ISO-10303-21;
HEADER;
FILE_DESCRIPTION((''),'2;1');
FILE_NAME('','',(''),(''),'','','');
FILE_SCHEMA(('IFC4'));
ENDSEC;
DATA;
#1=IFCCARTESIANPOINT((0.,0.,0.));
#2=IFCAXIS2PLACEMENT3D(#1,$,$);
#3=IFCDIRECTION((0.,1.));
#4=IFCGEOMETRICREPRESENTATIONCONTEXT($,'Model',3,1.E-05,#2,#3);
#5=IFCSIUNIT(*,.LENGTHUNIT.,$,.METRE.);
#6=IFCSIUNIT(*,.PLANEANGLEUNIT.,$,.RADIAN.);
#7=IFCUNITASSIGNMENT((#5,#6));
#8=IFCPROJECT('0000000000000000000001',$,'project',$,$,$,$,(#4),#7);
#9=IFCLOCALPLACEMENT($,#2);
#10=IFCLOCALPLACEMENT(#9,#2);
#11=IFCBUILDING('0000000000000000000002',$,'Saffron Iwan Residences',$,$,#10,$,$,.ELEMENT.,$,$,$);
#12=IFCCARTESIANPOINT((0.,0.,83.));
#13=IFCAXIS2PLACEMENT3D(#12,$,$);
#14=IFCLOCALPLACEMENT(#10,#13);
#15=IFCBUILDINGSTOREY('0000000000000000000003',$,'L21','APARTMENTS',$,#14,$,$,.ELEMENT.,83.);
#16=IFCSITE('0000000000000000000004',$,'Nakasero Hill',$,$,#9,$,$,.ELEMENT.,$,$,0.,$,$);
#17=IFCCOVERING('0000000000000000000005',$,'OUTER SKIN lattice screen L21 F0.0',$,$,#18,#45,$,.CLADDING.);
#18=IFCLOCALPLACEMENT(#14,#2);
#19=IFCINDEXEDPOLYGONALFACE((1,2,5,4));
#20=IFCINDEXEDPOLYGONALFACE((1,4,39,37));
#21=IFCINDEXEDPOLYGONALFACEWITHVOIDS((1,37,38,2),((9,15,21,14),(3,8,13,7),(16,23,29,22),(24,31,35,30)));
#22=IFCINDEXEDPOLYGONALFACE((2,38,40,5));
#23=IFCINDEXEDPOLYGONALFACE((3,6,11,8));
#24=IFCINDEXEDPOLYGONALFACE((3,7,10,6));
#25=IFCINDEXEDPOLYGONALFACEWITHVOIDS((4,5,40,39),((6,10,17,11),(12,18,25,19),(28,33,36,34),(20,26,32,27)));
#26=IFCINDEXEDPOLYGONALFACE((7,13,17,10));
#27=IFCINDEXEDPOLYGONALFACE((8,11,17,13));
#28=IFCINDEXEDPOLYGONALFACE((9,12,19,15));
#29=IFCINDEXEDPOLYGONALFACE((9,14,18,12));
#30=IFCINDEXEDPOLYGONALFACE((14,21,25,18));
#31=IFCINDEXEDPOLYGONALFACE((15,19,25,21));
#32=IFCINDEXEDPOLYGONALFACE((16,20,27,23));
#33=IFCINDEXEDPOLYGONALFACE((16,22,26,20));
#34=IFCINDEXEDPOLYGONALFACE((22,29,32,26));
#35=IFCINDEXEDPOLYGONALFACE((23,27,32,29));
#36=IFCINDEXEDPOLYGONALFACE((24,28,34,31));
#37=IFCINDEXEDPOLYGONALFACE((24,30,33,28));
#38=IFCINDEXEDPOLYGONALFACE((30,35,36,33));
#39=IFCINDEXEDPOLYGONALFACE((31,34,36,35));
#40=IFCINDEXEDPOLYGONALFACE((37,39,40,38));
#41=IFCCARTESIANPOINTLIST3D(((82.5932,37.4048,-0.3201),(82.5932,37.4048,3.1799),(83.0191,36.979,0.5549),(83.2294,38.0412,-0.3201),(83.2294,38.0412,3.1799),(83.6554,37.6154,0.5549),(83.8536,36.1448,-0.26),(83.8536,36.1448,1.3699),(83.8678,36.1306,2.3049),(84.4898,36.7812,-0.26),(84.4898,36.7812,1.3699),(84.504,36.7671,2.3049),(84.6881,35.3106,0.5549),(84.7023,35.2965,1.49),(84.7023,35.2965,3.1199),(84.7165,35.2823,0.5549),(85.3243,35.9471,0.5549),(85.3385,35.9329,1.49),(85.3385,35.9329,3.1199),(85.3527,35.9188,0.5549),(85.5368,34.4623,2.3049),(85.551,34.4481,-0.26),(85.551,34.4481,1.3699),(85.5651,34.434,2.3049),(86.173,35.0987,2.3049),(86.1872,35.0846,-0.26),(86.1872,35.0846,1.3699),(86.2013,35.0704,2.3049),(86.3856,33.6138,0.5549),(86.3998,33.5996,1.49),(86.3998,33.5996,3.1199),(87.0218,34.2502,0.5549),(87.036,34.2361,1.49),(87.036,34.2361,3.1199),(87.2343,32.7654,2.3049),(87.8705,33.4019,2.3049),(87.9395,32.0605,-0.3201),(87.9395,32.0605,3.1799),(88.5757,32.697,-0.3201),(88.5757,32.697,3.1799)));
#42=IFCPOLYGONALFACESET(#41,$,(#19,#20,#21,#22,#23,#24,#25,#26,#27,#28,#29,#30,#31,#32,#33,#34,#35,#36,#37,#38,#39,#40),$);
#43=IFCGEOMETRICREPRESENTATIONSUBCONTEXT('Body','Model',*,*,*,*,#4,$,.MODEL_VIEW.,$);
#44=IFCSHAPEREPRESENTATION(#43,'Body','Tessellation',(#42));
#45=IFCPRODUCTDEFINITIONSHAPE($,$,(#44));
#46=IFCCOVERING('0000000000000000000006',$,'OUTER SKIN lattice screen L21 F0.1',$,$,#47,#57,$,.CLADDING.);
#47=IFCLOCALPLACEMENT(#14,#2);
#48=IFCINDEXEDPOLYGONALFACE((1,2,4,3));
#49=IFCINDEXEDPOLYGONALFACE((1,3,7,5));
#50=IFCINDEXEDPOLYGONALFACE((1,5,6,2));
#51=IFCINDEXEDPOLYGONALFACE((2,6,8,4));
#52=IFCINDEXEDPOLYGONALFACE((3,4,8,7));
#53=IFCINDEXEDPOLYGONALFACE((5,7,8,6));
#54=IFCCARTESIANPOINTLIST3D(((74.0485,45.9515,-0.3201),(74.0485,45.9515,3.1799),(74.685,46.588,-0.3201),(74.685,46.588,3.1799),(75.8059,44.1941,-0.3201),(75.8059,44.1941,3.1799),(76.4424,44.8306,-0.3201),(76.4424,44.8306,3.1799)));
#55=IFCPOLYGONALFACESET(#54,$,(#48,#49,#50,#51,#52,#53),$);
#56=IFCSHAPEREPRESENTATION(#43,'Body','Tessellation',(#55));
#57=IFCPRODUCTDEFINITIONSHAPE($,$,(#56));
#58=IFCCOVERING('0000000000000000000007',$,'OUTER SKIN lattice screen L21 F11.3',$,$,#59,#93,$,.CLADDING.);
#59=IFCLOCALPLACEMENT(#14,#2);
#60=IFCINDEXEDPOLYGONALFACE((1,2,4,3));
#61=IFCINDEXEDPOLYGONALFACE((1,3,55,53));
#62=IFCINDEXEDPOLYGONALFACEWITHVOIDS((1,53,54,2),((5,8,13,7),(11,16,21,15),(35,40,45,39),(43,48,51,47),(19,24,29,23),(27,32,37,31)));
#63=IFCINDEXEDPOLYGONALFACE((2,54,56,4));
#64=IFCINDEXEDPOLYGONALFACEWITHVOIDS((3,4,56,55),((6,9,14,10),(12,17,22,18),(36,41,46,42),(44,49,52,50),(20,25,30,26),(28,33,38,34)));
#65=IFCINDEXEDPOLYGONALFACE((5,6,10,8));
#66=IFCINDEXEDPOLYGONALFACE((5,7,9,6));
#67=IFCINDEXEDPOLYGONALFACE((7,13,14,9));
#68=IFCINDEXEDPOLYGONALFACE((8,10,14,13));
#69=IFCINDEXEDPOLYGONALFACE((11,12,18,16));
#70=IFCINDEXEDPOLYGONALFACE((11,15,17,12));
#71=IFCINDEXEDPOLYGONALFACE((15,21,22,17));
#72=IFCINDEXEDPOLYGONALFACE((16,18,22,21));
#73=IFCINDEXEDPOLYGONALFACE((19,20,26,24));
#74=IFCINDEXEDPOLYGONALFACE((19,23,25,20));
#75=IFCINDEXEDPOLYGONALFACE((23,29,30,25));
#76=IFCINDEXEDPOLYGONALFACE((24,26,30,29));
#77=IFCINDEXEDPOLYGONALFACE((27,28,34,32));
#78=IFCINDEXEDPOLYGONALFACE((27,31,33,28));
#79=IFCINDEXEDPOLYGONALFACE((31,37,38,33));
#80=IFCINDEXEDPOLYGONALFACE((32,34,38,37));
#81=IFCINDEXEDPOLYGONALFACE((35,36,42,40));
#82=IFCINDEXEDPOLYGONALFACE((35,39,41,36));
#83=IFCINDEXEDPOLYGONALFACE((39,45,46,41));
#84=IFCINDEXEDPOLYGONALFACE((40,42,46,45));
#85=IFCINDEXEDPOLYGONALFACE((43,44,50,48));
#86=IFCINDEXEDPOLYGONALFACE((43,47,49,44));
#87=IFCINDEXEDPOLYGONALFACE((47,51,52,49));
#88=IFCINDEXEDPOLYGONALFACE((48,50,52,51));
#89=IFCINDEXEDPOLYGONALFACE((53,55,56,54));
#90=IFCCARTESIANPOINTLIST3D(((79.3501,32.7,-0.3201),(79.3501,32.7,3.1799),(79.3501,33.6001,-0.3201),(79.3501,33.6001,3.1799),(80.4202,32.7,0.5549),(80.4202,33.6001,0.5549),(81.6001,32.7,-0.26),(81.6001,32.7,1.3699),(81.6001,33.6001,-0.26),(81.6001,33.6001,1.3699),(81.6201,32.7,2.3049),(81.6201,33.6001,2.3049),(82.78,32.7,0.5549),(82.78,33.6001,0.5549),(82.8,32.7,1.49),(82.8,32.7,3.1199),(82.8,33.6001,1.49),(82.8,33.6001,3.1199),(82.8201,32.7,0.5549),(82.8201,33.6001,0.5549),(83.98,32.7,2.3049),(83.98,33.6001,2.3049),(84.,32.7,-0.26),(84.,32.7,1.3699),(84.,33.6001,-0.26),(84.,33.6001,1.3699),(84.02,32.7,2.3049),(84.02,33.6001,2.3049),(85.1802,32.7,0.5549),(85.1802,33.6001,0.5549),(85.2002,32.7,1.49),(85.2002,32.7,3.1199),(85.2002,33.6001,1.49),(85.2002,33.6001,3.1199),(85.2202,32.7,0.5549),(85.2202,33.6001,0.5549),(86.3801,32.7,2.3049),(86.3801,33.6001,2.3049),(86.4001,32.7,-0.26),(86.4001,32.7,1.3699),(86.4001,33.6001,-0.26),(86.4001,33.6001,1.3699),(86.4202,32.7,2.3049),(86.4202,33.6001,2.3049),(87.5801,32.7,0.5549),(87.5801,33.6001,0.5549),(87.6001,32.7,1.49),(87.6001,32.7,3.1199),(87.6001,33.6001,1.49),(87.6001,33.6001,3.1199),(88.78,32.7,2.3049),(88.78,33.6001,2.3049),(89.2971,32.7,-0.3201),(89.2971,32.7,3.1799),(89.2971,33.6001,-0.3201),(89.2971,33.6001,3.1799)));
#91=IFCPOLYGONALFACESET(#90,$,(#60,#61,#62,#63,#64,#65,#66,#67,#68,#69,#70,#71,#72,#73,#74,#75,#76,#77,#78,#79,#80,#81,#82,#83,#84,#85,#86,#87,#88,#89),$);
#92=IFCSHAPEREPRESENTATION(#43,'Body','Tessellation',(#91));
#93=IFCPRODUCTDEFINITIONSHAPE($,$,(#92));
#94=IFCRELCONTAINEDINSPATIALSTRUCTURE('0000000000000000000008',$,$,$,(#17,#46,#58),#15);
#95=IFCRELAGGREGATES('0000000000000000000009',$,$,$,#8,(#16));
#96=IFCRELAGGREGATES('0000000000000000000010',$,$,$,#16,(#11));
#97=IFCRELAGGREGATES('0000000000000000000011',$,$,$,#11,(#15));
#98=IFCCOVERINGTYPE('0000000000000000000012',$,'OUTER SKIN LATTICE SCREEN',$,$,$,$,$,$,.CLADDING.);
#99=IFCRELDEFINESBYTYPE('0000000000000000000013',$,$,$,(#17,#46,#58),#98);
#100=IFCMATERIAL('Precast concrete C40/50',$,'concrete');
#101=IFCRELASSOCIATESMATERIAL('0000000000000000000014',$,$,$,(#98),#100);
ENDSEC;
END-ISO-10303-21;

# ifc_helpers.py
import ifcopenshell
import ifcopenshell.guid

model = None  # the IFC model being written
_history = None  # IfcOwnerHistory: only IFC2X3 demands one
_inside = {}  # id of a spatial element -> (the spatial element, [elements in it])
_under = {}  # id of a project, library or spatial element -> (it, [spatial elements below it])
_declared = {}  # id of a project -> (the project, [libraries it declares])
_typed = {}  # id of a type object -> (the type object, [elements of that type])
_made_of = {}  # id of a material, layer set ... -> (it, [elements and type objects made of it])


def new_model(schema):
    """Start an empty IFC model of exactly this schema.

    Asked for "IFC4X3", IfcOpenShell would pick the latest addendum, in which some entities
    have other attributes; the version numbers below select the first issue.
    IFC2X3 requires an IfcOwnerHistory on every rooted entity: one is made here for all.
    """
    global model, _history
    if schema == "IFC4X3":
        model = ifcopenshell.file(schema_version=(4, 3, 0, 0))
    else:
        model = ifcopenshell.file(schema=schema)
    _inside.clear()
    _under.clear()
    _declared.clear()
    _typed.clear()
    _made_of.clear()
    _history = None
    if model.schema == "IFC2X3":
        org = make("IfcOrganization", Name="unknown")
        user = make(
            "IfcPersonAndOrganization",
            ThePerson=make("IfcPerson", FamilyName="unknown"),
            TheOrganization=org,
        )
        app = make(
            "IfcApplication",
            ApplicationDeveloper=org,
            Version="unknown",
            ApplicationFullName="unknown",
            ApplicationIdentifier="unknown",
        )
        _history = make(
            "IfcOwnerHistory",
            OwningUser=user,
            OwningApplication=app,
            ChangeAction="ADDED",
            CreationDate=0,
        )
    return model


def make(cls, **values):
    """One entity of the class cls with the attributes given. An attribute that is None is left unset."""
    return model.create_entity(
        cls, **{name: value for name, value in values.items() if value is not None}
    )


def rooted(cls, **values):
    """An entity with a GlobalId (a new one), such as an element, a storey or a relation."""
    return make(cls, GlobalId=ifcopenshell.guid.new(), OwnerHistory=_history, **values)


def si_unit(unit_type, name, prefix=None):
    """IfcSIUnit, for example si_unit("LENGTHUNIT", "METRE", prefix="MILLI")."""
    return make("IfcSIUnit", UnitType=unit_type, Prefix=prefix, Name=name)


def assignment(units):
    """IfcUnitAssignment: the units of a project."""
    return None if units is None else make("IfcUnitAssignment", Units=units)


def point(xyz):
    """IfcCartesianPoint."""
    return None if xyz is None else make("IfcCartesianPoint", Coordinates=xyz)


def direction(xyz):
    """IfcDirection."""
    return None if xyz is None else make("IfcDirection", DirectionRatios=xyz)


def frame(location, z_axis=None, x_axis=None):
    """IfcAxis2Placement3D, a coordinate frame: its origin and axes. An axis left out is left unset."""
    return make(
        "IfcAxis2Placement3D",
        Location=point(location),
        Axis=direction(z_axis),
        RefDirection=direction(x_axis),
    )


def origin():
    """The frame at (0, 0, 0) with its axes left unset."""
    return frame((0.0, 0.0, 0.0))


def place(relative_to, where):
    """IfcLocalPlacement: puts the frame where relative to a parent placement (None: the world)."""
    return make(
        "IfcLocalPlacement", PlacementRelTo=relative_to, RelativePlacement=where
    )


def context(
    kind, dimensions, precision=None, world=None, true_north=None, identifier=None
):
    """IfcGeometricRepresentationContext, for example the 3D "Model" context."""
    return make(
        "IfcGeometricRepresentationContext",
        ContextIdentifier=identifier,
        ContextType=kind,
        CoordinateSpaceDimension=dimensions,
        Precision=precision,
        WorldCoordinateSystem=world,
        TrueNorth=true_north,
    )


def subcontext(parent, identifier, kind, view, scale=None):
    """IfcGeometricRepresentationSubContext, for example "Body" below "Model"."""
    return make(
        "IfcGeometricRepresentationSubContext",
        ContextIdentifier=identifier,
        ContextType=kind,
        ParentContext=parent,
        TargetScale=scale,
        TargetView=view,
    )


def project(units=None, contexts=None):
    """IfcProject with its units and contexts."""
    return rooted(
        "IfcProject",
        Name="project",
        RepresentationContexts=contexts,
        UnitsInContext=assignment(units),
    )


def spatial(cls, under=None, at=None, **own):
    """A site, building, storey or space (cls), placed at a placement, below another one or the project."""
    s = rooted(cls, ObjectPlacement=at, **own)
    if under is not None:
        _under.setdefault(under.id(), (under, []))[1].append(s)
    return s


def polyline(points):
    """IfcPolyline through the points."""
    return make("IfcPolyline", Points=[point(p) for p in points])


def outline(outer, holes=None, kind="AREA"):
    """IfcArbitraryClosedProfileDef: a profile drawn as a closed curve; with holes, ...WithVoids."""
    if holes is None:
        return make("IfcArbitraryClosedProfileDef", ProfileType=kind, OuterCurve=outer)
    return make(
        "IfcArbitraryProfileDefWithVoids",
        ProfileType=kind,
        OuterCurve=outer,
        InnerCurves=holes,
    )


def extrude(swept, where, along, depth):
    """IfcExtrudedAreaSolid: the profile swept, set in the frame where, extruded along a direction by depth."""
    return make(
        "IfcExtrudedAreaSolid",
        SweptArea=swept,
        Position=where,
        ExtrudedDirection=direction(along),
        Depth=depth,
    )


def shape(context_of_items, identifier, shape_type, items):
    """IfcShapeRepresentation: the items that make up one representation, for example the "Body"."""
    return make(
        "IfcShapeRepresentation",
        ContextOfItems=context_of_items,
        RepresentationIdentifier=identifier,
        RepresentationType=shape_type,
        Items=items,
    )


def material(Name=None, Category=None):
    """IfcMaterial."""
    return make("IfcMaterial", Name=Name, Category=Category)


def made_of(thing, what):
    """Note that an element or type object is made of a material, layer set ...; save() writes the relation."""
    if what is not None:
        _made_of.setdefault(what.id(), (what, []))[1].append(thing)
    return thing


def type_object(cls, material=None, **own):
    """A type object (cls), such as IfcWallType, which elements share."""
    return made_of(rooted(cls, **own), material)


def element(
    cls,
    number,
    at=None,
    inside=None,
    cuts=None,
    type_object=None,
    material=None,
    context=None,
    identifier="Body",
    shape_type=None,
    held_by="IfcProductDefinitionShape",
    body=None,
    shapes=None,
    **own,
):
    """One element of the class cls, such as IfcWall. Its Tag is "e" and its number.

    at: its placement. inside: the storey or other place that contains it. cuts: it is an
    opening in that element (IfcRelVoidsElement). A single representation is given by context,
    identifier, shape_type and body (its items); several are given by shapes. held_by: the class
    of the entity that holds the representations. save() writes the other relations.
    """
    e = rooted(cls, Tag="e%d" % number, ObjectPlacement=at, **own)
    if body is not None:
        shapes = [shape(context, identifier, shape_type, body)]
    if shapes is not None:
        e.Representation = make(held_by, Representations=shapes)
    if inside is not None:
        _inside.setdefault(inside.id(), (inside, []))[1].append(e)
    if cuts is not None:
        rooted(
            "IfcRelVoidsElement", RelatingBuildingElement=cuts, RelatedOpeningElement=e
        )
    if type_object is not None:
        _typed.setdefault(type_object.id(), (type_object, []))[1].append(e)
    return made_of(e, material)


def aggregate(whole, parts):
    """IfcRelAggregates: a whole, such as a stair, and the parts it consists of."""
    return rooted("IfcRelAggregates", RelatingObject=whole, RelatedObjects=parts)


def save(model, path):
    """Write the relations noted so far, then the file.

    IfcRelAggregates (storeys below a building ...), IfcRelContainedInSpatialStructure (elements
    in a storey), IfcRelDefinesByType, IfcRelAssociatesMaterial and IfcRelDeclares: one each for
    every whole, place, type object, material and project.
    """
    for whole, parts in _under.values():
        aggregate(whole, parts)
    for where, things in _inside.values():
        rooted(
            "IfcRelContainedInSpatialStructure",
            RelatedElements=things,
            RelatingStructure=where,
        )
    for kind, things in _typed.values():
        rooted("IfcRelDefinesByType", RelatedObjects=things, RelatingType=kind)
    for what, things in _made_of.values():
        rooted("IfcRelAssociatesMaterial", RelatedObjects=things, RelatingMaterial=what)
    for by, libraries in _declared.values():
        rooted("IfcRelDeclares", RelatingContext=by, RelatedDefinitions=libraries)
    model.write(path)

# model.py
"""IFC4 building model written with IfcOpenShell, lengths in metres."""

from ifc_helpers import new_model, si_unit, direction, frame, origin, place, context, subcontext, project, spatial, polyline, outline, extrude, material, type_object, element, save


model = new_model("IFC4")

# Units and contexts
model_context = context("Model", 3, precision=1e-05, world=origin(), true_north=direction((0.0, 1.0)))
body_context = subcontext(model_context, "Body", "Model", "MODEL_VIEW")
ifc_project = project(units=[si_unit("LENGTHUNIT", "METRE"), si_unit("PLANEANGLEUNIT", "RADIAN")], contexts=[model_context])

# Site, building, storey
site_placement = place(None, origin())
site = spatial("IfcSite", under=ifc_project, at=site_placement, Name="Nakasero Hill", CompositionType="ELEMENT", RefElevation=0.0)
building_placement = place(site_placement, origin())
building = spatial("IfcBuilding", under=site, at=building_placement, Name="Saffron Iwan Residences", CompositionType="ELEMENT")
storey_placement = place(building_placement, frame((0.0, 0.0, 83.0)))
storey = spatial("IfcBuildingStorey", under=building, at=storey_placement, Name="L21", Description="APARTMENTS", CompositionType="ELEMENT", Elevation=83.0)

# Coverings
ifc_material_1 = material(Name="Precast concrete C40/50", Category="concrete")
covering_type = type_object("IfcCoveringType", Name="OUTER SKIN LATTICE SCREEN", PredefinedType="CLADDING", material=ifc_material_1)
covering_1_placement = place(storey_placement, frame((87.9395, 32.0605, -0.3201), z_axis=(0.706971, 0.707242, 0.0), x_axis=(-0.707242, 0.706971, 0.0)))
element("IfcCovering", 1, at=covering_1_placement, inside=storey, type_object=covering_type, Name="OUTER SKIN lattice screen L21 F0.0", PredefinedType="CLADDING", context=body_context, shape_type="SweptSolid", body=[
    extrude(outline(polyline([(0.0, 0.0), (7.5593, 0.0), (7.5593, 3.5), (0.0, 3.5), (0.0, 0.0)]), holes=[polyline([(2.197, 0.875), (3.3772, 0.0601), (4.5571, 0.875), (3.3772, 1.6899), (2.197, 0.875)]), polyline([(4.5972, 0.875), (5.7771, 0.0601), (6.957, 0.875), (5.7771, 1.6899), (4.5972, 0.875)]), polyline([(0.9971, 2.625), (2.177, 1.8101), (3.3572, 2.625), (2.177, 3.4399), (0.9971, 2.625)]), polyline([(3.3972, 2.625), (4.5771, 1.8101), (5.7571, 2.625), (4.5771, 3.4399), (3.3972, 2.625)])]), origin(), (0.0, 0.0, 1.0), 0.8999),
])
covering_2_placement = place(storey_placement, frame((75.8059, 44.1941, -0.3201), z_axis=(0.707107, 0.707107, 0.0), x_axis=(-0.707107, 0.707107, 0.0)))
element("IfcCovering", 2, at=covering_2_placement, inside=storey, type_object=covering_type, Name="OUTER SKIN lattice screen L21 F0.1", PredefinedType="CLADDING", context=body_context, shape_type="SweptSolid", body=[
    extrude(outline(polyline([(0.0, 0.0), (2.4854, 0.0), (2.4854, 3.5), (0.0, 3.5), (0.0, 0.0)])), origin(), (0.0, 0.0, 1.0), 0.9001),
])
covering_3_placement = place(storey_placement, frame((79.3501, 33.6001, -0.3201), z_axis=(0.0, -1.0, 0.0), x_axis=(1.0, 0.0, 0.0)))
element("IfcCovering", 3, at=covering_3_placement, inside=storey, type_object=covering_type, Name="OUTER SKIN lattice screen L21 F11.3", PredefinedType="CLADDING", context=body_context, shape_type="SweptSolid", body=[
    extrude(outline(polyline([(0.0, 0.0), (9.947, 0.0), (9.947, 3.5), (0.0, 3.5), (0.0, 0.0)]), holes=[polyline([(1.0701, 0.875), (2.25, 0.0601), (3.4299, 0.875), (2.25, 1.6899), (1.0701, 0.875)]), polyline([(3.47, 0.875), (4.6499, 0.0601), (5.8301, 0.875), (4.6499, 1.6899), (3.47, 0.875)]), polyline([(5.8701, 0.875), (7.05, 0.0601), (8.23, 0.875), (7.05, 1.6899), (5.8701, 0.875)]), polyline([(2.27, 2.625), (3.45, 1.8101), (4.6299, 2.625), (3.45, 3.4399), (2.27, 2.625)]), polyline([(4.6699, 2.625), (5.8501, 1.8101), (7.03, 2.625), (5.8501, 3.4399), (4.6699, 2.625)]), polyline([(7.0701, 2.625), (8.25, 1.8101), (9.4299, 2.625), (8.25, 3.4399), (7.0701, 2.625)])]), origin(), (0.0, 0.0, 1.0), 0.9001),
])

save(model, "model.ifc")
